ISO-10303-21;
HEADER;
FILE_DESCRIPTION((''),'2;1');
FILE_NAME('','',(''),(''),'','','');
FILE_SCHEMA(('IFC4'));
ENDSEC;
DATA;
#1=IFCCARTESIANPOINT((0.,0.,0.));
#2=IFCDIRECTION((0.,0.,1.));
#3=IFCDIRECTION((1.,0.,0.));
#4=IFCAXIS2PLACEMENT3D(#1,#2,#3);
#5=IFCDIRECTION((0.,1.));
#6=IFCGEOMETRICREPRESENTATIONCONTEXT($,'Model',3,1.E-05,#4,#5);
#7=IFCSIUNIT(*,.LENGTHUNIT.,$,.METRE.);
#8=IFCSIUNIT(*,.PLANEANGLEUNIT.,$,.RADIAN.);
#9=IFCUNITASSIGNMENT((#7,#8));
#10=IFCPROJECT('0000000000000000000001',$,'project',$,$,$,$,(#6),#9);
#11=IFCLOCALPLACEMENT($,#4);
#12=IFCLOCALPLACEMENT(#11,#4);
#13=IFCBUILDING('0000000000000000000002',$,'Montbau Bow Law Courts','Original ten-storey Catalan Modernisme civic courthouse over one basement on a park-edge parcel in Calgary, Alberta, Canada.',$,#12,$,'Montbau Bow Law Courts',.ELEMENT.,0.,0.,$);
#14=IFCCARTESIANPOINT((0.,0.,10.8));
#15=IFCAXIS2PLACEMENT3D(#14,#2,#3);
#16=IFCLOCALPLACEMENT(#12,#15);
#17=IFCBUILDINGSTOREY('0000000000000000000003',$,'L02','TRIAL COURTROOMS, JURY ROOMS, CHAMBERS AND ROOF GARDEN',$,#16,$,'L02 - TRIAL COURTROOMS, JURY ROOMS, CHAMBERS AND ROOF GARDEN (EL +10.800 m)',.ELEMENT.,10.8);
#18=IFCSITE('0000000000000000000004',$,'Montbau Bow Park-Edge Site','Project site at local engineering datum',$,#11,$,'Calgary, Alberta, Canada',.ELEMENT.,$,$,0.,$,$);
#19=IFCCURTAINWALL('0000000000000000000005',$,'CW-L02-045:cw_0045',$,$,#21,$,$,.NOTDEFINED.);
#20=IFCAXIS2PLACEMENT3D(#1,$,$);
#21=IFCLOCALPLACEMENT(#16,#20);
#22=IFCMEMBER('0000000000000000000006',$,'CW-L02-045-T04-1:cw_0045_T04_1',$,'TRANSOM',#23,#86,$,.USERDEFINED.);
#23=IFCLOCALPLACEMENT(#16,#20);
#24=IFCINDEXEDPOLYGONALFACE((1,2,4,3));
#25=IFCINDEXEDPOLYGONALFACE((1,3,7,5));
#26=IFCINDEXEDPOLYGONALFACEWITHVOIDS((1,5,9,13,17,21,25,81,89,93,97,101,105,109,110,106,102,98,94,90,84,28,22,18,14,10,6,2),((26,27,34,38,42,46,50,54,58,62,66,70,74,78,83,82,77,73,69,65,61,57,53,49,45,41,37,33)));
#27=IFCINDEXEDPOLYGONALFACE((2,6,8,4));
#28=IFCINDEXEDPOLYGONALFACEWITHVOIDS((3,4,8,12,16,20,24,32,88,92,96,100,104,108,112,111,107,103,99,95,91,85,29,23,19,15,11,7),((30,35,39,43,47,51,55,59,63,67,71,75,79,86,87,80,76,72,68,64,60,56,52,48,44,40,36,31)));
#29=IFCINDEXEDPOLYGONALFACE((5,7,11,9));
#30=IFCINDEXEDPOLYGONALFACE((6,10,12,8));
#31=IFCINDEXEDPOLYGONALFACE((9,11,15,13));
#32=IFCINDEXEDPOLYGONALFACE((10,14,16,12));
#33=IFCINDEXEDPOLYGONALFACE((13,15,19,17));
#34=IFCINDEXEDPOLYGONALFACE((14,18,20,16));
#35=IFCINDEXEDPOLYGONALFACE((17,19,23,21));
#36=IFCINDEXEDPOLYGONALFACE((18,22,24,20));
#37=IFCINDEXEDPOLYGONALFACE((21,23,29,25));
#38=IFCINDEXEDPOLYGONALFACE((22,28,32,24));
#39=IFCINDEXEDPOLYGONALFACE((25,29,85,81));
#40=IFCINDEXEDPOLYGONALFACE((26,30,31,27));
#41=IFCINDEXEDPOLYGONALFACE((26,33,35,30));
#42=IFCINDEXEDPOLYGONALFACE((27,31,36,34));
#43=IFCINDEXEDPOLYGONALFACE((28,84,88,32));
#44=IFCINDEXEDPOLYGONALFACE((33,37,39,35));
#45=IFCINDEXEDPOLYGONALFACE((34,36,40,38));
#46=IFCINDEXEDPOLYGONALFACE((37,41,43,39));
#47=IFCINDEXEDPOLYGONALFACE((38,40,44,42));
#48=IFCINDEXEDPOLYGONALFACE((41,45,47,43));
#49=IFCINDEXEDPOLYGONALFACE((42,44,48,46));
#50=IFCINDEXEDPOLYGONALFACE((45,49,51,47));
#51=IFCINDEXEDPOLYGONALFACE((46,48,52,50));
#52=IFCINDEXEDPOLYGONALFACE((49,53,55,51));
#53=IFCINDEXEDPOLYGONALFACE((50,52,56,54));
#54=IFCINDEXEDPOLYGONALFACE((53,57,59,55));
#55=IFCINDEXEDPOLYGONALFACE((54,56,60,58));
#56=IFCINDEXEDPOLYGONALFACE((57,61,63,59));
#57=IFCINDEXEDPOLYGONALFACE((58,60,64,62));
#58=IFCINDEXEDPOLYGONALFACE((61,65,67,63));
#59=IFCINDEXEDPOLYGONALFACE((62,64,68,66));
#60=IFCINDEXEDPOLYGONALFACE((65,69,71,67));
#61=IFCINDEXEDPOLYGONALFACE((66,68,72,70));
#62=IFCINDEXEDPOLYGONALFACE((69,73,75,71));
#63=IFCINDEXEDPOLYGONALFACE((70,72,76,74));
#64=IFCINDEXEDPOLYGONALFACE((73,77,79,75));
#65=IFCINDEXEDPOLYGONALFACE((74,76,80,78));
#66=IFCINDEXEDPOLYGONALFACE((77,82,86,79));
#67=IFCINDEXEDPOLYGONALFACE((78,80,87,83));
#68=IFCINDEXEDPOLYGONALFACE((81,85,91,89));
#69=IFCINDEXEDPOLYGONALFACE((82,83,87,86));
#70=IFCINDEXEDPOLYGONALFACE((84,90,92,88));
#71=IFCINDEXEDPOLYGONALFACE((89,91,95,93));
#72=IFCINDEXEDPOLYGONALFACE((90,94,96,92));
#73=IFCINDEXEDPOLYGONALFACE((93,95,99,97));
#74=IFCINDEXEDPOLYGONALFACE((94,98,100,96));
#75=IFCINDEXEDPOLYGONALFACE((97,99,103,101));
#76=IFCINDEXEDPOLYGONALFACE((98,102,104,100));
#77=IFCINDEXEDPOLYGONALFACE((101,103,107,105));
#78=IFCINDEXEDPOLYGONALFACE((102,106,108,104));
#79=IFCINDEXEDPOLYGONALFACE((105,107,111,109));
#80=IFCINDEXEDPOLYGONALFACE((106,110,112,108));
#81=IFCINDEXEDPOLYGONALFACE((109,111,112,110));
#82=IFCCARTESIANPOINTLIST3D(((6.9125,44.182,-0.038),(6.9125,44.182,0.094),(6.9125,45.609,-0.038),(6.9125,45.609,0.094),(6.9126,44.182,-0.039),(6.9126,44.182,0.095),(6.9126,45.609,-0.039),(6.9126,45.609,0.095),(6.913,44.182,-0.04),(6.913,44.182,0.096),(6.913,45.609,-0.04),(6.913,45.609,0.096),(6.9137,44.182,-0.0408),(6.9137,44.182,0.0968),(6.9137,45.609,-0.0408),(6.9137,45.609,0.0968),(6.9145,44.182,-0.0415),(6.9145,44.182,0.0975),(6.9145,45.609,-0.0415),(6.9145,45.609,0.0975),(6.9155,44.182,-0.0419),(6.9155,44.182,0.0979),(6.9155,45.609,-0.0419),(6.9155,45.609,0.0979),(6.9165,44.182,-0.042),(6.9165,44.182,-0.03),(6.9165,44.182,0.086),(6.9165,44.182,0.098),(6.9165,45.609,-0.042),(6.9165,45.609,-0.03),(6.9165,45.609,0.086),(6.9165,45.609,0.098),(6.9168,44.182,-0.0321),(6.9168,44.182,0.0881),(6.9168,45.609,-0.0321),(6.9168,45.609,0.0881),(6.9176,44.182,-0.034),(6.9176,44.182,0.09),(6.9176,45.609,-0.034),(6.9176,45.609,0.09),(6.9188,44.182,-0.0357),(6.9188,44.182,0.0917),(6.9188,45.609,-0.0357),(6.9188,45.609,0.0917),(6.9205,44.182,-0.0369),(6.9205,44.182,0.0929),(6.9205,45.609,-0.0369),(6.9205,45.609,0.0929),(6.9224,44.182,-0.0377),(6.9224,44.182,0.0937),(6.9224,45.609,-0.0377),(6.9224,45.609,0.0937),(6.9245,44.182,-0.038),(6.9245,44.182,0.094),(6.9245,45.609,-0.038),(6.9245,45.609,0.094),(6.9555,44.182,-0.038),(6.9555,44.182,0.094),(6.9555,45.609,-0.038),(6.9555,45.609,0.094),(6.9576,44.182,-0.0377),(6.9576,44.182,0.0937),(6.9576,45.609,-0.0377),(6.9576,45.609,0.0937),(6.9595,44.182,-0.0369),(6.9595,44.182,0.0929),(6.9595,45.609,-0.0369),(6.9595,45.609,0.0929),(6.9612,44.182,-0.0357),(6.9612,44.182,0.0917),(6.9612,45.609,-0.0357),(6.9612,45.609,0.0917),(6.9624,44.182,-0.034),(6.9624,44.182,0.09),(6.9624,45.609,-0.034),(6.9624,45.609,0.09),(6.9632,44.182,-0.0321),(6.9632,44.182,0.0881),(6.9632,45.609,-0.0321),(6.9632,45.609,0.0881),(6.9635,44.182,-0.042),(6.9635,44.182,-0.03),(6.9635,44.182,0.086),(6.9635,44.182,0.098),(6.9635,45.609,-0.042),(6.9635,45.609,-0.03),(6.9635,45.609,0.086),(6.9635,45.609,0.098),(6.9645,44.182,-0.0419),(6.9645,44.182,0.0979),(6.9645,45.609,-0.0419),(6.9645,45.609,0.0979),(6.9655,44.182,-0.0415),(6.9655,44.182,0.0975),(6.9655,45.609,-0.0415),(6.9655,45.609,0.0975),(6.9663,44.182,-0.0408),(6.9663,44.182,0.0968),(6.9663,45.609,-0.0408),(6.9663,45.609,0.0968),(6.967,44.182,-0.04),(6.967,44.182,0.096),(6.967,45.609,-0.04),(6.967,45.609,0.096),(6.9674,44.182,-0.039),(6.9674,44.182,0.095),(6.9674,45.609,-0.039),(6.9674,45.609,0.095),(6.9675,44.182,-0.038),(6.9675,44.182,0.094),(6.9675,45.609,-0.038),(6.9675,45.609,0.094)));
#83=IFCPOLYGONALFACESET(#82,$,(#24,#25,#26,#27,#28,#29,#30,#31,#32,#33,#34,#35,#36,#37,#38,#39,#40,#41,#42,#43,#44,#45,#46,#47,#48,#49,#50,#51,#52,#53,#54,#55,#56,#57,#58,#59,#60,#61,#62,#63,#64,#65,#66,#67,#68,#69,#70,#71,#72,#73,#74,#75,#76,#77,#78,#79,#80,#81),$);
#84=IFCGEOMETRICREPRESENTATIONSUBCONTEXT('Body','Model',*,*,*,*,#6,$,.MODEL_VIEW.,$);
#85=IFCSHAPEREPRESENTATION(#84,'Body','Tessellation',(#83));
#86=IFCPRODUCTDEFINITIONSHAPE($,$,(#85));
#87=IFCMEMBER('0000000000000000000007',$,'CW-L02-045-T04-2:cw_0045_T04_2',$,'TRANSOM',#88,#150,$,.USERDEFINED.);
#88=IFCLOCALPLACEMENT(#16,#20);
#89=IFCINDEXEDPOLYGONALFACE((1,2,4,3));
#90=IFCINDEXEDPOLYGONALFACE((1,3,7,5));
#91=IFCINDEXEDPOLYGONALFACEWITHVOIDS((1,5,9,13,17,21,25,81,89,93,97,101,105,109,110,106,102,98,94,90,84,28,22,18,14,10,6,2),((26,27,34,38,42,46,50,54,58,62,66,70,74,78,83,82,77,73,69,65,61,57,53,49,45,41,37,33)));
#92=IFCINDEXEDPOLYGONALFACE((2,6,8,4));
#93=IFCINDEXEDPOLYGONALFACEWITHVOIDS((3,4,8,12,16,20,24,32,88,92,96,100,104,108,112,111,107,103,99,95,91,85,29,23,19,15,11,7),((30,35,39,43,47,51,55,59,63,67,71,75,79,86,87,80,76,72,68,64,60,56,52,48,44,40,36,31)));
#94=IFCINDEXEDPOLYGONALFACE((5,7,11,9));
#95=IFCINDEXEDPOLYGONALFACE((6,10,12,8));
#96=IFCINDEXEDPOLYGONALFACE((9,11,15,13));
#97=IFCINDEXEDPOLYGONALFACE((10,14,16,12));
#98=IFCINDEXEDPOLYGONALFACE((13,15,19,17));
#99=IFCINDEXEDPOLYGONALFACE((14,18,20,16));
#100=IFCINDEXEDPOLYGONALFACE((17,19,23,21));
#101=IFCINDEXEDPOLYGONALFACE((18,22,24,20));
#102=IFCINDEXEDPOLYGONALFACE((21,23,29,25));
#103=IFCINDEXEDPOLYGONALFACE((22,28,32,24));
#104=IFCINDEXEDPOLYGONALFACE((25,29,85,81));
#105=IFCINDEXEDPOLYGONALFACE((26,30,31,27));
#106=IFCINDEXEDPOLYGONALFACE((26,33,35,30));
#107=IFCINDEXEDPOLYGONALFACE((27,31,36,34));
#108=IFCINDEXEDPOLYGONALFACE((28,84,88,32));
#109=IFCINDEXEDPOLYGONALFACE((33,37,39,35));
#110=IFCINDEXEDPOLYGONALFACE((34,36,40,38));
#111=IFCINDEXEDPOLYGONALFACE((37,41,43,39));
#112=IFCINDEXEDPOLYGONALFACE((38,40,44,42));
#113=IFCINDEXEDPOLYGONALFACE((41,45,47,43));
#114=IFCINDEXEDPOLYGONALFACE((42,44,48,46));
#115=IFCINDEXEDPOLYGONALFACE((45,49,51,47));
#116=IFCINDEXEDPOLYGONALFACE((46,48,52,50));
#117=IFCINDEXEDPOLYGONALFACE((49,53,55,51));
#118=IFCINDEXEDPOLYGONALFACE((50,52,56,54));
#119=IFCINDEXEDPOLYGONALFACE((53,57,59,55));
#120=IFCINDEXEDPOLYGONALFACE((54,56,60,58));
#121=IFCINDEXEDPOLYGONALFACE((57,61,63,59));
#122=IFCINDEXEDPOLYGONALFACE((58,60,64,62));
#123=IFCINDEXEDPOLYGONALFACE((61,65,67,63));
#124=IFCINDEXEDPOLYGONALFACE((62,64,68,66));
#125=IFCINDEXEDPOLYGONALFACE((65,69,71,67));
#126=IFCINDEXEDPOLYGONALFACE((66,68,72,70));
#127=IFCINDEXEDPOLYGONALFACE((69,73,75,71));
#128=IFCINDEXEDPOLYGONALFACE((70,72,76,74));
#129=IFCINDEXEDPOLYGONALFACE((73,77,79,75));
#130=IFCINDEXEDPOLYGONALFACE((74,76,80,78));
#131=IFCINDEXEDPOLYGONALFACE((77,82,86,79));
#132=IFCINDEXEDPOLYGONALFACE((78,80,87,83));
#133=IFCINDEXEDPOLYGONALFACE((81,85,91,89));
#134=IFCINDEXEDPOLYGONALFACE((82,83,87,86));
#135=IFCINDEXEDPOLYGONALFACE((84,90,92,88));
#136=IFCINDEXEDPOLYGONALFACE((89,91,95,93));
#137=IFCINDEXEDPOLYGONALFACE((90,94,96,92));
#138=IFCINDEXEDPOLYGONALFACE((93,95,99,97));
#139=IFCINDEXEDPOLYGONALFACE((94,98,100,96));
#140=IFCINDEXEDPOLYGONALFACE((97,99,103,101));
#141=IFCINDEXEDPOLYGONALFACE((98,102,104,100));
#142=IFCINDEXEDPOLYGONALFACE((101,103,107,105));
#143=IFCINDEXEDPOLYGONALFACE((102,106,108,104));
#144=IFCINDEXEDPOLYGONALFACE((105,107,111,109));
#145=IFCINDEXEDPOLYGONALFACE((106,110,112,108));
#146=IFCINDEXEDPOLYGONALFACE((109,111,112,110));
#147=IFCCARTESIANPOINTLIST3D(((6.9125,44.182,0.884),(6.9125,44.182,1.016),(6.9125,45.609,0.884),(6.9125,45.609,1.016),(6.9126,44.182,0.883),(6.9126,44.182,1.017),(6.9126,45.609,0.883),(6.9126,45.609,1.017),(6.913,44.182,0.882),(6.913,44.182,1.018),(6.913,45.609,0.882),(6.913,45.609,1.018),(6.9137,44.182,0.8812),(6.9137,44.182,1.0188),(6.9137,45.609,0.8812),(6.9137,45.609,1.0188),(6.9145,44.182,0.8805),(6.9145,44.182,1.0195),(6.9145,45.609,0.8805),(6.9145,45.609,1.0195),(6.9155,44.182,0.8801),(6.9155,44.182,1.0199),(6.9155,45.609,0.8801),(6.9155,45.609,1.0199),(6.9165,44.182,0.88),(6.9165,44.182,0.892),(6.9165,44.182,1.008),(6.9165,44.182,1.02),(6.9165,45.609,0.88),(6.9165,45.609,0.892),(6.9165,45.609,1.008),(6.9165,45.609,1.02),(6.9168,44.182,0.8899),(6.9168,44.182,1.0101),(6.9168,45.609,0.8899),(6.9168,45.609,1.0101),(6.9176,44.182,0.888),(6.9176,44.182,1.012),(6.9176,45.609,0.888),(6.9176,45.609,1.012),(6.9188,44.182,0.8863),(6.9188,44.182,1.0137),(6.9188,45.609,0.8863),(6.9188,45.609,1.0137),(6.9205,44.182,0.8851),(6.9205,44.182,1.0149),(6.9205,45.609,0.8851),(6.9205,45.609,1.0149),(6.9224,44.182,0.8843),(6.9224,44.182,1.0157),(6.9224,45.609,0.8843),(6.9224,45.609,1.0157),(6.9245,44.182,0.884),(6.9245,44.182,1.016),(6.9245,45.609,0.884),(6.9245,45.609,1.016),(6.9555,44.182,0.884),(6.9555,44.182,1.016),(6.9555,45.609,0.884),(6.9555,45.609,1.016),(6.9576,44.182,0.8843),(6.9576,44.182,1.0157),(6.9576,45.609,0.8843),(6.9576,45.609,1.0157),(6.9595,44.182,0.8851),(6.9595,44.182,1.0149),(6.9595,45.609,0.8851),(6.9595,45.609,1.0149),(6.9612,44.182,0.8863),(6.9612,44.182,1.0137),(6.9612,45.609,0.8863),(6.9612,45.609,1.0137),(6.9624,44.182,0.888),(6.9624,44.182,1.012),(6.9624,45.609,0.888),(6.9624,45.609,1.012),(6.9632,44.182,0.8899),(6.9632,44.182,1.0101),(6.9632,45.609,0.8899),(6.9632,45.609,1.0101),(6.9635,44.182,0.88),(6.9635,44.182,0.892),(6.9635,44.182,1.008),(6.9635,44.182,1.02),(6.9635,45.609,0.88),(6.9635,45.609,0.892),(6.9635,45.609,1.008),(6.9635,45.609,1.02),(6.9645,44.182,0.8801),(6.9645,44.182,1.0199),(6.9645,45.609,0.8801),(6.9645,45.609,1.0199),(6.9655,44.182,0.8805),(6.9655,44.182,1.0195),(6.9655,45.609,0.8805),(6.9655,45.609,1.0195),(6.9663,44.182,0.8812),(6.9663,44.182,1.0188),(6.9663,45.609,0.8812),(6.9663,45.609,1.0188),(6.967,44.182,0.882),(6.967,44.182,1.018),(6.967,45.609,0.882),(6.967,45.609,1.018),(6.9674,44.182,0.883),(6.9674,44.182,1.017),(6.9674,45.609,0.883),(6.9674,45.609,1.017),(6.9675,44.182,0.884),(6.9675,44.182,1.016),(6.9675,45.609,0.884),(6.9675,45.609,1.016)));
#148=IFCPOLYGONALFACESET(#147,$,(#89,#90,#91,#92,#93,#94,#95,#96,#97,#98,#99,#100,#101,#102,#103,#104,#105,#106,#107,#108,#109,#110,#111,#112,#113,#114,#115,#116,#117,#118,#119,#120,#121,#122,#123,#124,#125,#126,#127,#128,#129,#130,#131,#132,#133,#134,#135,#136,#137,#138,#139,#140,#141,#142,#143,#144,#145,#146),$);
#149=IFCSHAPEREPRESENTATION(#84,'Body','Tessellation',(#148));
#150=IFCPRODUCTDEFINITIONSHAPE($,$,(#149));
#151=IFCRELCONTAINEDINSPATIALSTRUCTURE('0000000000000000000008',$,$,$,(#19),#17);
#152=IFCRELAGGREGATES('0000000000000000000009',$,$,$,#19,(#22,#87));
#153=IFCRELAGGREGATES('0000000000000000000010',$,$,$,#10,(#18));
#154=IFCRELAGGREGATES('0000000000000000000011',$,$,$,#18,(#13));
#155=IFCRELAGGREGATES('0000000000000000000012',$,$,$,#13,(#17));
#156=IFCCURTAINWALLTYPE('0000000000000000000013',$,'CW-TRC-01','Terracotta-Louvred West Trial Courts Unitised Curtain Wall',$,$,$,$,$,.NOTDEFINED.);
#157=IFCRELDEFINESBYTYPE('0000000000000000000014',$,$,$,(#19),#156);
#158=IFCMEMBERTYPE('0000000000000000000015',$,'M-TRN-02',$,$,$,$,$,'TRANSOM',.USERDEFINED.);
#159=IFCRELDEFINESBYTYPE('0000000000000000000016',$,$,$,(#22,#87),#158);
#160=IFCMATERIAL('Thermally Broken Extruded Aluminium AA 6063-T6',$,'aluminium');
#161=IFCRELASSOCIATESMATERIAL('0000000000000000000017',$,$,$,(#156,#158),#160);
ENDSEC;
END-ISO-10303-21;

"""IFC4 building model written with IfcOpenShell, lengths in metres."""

from ifc_helpers import new_model, si_unit, direction, frame, origin_with_axes, origin_2d_with_axis, place, context, subcontext, project, spatial, hollow_rectangle, extrude, material, material_profile, profile_set, type_object, element, aggregate, save


model = new_model("IFC4")

# Units and contexts
model_context = context("Model", 3, precision=1e-05, world=origin_with_axes(), true_north=direction((0.0, 1.0)))
body_context = subcontext(model_context, "Body", "Model", "MODEL_VIEW")
ifc_project = project(units=[si_unit("LENGTHUNIT", "METRE"), si_unit("PLANEANGLEUNIT", "RADIAN")], contexts=[model_context])

# Site, building, storey
site_placement = place(None, origin_with_axes())
site = spatial("IfcSite", under=ifc_project, at=site_placement, Name="Montbau Bow Park-Edge Site", Description="Project site at local engineering datum", LongName="Calgary, Alberta, Canada", CompositionType="ELEMENT", RefElevation=0.0)
building_placement = place(site_placement, origin_with_axes())
building = spatial("IfcBuilding", under=site, at=building_placement, Name="Montbau Bow Law Courts", Description="Original ten-storey Catalan Modernisme civic courthouse over one basement on a park-edge parcel in Calgary, Alberta, Canada.", LongName="Montbau Bow Law Courts", CompositionType="ELEMENT", ElevationOfRefHeight=0.0, ElevationOfTerrain=0.0)
storey_placement = place(building_placement, frame((0.0, 0.0, 10.8), z_axis=(0.0, 0.0, 1.0), x_axis=(1.0, 0.0, 0.0)))
storey = spatial("IfcBuildingStorey", under=building, at=storey_placement, Name="L02", Description="TRIAL COURTROOMS, JURY ROOMS, CHAMBERS AND ROOF GARDEN", LongName="L02 - TRIAL COURTROOMS, JURY ROOMS, CHAMBERS AND ROOF GARDEN (EL +10.800 m)", CompositionType="ELEMENT", Elevation=10.8)

# Curtain wall, members
ifc_material_1 = material(Name="Thermally Broken Extruded Aluminium AA 6063-T6", Category="aluminium")
curtain_wall_type = type_object("IfcCurtainWallType", Name="CW-TRC-01", Description="Terracotta-Louvred West Trial Courts Unitised Curtain Wall", PredefinedType="NOTDEFINED", material=ifc_material_1)
curtain_wall_placement = place(None, frame((6.94, 39.515, 10.8), z_axis=(0.0, 0.0, 1.0), x_axis=(1.0, 0.0, 0.0)))
curtain_wall = element("IfcCurtainWall", 1, at=curtain_wall_placement, inside=storey, type_object=curtain_wall_type, Name="CW-L02-045:cw_0045", PredefinedType="NOTDEFINED")
ifc_material_profile_1 = material_profile(ifc_material_1, hollow_rectangle(XDim=0.055, YDim=0.14, WallThickness=0.004, InnerFilletRadius=0.008, OuterFilletRadius=0.004, at=origin_2d_with_axis()), Name="CWT-140X55", Category="Main", Priority=0)
ifc_profile_set_1 = profile_set([ifc_material_profile_1], Name="Thermally Broken Extruded Aluminium AA 6063-T6")
member_type_1 = type_object("IfcMemberType", Name="M-TRN-02", ElementType="TRANSOM", PredefinedType="USERDEFINED", material=ifc_profile_set_1)
member_1_placement = place(None, frame((6.94, 44.182, 10.828), z_axis=(0.0, 1.0, 0.0), x_axis=(-1.0, 0.0, 0.0)))
member_1 = element("IfcMember", 2, at=member_1_placement, type_object=member_type_1, Name="CW-L02-045-T04-1:cw_0045_T04_1", ObjectType="TRANSOM", PredefinedType="USERDEFINED", context=body_context, shape_type="SweptSolid", body=[
    extrude(hollow_rectangle(XDim=0.055, YDim=0.14, WallThickness=0.004, InnerFilletRadius=0.008, OuterFilletRadius=0.004, at=origin_2d_with_axis()), origin_with_axes(), (0.0, 0.0, 1.0), 1.427),
])
member_2_placement = place(None, frame((6.94, 44.182, 11.75), z_axis=(0.0, 1.0, 0.0), x_axis=(-1.0, 0.0, 0.0)))
member_2 = element("IfcMember", 3, at=member_2_placement, type_object=member_type_1, Name="CW-L02-045-T04-2:cw_0045_T04_2", ObjectType="TRANSOM", PredefinedType="USERDEFINED", context=body_context, shape_type="SweptSolid", body=[
    extrude(hollow_rectangle(XDim=0.055, YDim=0.14, WallThickness=0.004, InnerFilletRadius=0.008, OuterFilletRadius=0.004, at=origin_2d_with_axis()), origin_with_axes(), (0.0, 0.0, 1.0), 1.427),
])
aggregate(curtain_wall, [member_1, member_2])

save(model, "model.ifc")
